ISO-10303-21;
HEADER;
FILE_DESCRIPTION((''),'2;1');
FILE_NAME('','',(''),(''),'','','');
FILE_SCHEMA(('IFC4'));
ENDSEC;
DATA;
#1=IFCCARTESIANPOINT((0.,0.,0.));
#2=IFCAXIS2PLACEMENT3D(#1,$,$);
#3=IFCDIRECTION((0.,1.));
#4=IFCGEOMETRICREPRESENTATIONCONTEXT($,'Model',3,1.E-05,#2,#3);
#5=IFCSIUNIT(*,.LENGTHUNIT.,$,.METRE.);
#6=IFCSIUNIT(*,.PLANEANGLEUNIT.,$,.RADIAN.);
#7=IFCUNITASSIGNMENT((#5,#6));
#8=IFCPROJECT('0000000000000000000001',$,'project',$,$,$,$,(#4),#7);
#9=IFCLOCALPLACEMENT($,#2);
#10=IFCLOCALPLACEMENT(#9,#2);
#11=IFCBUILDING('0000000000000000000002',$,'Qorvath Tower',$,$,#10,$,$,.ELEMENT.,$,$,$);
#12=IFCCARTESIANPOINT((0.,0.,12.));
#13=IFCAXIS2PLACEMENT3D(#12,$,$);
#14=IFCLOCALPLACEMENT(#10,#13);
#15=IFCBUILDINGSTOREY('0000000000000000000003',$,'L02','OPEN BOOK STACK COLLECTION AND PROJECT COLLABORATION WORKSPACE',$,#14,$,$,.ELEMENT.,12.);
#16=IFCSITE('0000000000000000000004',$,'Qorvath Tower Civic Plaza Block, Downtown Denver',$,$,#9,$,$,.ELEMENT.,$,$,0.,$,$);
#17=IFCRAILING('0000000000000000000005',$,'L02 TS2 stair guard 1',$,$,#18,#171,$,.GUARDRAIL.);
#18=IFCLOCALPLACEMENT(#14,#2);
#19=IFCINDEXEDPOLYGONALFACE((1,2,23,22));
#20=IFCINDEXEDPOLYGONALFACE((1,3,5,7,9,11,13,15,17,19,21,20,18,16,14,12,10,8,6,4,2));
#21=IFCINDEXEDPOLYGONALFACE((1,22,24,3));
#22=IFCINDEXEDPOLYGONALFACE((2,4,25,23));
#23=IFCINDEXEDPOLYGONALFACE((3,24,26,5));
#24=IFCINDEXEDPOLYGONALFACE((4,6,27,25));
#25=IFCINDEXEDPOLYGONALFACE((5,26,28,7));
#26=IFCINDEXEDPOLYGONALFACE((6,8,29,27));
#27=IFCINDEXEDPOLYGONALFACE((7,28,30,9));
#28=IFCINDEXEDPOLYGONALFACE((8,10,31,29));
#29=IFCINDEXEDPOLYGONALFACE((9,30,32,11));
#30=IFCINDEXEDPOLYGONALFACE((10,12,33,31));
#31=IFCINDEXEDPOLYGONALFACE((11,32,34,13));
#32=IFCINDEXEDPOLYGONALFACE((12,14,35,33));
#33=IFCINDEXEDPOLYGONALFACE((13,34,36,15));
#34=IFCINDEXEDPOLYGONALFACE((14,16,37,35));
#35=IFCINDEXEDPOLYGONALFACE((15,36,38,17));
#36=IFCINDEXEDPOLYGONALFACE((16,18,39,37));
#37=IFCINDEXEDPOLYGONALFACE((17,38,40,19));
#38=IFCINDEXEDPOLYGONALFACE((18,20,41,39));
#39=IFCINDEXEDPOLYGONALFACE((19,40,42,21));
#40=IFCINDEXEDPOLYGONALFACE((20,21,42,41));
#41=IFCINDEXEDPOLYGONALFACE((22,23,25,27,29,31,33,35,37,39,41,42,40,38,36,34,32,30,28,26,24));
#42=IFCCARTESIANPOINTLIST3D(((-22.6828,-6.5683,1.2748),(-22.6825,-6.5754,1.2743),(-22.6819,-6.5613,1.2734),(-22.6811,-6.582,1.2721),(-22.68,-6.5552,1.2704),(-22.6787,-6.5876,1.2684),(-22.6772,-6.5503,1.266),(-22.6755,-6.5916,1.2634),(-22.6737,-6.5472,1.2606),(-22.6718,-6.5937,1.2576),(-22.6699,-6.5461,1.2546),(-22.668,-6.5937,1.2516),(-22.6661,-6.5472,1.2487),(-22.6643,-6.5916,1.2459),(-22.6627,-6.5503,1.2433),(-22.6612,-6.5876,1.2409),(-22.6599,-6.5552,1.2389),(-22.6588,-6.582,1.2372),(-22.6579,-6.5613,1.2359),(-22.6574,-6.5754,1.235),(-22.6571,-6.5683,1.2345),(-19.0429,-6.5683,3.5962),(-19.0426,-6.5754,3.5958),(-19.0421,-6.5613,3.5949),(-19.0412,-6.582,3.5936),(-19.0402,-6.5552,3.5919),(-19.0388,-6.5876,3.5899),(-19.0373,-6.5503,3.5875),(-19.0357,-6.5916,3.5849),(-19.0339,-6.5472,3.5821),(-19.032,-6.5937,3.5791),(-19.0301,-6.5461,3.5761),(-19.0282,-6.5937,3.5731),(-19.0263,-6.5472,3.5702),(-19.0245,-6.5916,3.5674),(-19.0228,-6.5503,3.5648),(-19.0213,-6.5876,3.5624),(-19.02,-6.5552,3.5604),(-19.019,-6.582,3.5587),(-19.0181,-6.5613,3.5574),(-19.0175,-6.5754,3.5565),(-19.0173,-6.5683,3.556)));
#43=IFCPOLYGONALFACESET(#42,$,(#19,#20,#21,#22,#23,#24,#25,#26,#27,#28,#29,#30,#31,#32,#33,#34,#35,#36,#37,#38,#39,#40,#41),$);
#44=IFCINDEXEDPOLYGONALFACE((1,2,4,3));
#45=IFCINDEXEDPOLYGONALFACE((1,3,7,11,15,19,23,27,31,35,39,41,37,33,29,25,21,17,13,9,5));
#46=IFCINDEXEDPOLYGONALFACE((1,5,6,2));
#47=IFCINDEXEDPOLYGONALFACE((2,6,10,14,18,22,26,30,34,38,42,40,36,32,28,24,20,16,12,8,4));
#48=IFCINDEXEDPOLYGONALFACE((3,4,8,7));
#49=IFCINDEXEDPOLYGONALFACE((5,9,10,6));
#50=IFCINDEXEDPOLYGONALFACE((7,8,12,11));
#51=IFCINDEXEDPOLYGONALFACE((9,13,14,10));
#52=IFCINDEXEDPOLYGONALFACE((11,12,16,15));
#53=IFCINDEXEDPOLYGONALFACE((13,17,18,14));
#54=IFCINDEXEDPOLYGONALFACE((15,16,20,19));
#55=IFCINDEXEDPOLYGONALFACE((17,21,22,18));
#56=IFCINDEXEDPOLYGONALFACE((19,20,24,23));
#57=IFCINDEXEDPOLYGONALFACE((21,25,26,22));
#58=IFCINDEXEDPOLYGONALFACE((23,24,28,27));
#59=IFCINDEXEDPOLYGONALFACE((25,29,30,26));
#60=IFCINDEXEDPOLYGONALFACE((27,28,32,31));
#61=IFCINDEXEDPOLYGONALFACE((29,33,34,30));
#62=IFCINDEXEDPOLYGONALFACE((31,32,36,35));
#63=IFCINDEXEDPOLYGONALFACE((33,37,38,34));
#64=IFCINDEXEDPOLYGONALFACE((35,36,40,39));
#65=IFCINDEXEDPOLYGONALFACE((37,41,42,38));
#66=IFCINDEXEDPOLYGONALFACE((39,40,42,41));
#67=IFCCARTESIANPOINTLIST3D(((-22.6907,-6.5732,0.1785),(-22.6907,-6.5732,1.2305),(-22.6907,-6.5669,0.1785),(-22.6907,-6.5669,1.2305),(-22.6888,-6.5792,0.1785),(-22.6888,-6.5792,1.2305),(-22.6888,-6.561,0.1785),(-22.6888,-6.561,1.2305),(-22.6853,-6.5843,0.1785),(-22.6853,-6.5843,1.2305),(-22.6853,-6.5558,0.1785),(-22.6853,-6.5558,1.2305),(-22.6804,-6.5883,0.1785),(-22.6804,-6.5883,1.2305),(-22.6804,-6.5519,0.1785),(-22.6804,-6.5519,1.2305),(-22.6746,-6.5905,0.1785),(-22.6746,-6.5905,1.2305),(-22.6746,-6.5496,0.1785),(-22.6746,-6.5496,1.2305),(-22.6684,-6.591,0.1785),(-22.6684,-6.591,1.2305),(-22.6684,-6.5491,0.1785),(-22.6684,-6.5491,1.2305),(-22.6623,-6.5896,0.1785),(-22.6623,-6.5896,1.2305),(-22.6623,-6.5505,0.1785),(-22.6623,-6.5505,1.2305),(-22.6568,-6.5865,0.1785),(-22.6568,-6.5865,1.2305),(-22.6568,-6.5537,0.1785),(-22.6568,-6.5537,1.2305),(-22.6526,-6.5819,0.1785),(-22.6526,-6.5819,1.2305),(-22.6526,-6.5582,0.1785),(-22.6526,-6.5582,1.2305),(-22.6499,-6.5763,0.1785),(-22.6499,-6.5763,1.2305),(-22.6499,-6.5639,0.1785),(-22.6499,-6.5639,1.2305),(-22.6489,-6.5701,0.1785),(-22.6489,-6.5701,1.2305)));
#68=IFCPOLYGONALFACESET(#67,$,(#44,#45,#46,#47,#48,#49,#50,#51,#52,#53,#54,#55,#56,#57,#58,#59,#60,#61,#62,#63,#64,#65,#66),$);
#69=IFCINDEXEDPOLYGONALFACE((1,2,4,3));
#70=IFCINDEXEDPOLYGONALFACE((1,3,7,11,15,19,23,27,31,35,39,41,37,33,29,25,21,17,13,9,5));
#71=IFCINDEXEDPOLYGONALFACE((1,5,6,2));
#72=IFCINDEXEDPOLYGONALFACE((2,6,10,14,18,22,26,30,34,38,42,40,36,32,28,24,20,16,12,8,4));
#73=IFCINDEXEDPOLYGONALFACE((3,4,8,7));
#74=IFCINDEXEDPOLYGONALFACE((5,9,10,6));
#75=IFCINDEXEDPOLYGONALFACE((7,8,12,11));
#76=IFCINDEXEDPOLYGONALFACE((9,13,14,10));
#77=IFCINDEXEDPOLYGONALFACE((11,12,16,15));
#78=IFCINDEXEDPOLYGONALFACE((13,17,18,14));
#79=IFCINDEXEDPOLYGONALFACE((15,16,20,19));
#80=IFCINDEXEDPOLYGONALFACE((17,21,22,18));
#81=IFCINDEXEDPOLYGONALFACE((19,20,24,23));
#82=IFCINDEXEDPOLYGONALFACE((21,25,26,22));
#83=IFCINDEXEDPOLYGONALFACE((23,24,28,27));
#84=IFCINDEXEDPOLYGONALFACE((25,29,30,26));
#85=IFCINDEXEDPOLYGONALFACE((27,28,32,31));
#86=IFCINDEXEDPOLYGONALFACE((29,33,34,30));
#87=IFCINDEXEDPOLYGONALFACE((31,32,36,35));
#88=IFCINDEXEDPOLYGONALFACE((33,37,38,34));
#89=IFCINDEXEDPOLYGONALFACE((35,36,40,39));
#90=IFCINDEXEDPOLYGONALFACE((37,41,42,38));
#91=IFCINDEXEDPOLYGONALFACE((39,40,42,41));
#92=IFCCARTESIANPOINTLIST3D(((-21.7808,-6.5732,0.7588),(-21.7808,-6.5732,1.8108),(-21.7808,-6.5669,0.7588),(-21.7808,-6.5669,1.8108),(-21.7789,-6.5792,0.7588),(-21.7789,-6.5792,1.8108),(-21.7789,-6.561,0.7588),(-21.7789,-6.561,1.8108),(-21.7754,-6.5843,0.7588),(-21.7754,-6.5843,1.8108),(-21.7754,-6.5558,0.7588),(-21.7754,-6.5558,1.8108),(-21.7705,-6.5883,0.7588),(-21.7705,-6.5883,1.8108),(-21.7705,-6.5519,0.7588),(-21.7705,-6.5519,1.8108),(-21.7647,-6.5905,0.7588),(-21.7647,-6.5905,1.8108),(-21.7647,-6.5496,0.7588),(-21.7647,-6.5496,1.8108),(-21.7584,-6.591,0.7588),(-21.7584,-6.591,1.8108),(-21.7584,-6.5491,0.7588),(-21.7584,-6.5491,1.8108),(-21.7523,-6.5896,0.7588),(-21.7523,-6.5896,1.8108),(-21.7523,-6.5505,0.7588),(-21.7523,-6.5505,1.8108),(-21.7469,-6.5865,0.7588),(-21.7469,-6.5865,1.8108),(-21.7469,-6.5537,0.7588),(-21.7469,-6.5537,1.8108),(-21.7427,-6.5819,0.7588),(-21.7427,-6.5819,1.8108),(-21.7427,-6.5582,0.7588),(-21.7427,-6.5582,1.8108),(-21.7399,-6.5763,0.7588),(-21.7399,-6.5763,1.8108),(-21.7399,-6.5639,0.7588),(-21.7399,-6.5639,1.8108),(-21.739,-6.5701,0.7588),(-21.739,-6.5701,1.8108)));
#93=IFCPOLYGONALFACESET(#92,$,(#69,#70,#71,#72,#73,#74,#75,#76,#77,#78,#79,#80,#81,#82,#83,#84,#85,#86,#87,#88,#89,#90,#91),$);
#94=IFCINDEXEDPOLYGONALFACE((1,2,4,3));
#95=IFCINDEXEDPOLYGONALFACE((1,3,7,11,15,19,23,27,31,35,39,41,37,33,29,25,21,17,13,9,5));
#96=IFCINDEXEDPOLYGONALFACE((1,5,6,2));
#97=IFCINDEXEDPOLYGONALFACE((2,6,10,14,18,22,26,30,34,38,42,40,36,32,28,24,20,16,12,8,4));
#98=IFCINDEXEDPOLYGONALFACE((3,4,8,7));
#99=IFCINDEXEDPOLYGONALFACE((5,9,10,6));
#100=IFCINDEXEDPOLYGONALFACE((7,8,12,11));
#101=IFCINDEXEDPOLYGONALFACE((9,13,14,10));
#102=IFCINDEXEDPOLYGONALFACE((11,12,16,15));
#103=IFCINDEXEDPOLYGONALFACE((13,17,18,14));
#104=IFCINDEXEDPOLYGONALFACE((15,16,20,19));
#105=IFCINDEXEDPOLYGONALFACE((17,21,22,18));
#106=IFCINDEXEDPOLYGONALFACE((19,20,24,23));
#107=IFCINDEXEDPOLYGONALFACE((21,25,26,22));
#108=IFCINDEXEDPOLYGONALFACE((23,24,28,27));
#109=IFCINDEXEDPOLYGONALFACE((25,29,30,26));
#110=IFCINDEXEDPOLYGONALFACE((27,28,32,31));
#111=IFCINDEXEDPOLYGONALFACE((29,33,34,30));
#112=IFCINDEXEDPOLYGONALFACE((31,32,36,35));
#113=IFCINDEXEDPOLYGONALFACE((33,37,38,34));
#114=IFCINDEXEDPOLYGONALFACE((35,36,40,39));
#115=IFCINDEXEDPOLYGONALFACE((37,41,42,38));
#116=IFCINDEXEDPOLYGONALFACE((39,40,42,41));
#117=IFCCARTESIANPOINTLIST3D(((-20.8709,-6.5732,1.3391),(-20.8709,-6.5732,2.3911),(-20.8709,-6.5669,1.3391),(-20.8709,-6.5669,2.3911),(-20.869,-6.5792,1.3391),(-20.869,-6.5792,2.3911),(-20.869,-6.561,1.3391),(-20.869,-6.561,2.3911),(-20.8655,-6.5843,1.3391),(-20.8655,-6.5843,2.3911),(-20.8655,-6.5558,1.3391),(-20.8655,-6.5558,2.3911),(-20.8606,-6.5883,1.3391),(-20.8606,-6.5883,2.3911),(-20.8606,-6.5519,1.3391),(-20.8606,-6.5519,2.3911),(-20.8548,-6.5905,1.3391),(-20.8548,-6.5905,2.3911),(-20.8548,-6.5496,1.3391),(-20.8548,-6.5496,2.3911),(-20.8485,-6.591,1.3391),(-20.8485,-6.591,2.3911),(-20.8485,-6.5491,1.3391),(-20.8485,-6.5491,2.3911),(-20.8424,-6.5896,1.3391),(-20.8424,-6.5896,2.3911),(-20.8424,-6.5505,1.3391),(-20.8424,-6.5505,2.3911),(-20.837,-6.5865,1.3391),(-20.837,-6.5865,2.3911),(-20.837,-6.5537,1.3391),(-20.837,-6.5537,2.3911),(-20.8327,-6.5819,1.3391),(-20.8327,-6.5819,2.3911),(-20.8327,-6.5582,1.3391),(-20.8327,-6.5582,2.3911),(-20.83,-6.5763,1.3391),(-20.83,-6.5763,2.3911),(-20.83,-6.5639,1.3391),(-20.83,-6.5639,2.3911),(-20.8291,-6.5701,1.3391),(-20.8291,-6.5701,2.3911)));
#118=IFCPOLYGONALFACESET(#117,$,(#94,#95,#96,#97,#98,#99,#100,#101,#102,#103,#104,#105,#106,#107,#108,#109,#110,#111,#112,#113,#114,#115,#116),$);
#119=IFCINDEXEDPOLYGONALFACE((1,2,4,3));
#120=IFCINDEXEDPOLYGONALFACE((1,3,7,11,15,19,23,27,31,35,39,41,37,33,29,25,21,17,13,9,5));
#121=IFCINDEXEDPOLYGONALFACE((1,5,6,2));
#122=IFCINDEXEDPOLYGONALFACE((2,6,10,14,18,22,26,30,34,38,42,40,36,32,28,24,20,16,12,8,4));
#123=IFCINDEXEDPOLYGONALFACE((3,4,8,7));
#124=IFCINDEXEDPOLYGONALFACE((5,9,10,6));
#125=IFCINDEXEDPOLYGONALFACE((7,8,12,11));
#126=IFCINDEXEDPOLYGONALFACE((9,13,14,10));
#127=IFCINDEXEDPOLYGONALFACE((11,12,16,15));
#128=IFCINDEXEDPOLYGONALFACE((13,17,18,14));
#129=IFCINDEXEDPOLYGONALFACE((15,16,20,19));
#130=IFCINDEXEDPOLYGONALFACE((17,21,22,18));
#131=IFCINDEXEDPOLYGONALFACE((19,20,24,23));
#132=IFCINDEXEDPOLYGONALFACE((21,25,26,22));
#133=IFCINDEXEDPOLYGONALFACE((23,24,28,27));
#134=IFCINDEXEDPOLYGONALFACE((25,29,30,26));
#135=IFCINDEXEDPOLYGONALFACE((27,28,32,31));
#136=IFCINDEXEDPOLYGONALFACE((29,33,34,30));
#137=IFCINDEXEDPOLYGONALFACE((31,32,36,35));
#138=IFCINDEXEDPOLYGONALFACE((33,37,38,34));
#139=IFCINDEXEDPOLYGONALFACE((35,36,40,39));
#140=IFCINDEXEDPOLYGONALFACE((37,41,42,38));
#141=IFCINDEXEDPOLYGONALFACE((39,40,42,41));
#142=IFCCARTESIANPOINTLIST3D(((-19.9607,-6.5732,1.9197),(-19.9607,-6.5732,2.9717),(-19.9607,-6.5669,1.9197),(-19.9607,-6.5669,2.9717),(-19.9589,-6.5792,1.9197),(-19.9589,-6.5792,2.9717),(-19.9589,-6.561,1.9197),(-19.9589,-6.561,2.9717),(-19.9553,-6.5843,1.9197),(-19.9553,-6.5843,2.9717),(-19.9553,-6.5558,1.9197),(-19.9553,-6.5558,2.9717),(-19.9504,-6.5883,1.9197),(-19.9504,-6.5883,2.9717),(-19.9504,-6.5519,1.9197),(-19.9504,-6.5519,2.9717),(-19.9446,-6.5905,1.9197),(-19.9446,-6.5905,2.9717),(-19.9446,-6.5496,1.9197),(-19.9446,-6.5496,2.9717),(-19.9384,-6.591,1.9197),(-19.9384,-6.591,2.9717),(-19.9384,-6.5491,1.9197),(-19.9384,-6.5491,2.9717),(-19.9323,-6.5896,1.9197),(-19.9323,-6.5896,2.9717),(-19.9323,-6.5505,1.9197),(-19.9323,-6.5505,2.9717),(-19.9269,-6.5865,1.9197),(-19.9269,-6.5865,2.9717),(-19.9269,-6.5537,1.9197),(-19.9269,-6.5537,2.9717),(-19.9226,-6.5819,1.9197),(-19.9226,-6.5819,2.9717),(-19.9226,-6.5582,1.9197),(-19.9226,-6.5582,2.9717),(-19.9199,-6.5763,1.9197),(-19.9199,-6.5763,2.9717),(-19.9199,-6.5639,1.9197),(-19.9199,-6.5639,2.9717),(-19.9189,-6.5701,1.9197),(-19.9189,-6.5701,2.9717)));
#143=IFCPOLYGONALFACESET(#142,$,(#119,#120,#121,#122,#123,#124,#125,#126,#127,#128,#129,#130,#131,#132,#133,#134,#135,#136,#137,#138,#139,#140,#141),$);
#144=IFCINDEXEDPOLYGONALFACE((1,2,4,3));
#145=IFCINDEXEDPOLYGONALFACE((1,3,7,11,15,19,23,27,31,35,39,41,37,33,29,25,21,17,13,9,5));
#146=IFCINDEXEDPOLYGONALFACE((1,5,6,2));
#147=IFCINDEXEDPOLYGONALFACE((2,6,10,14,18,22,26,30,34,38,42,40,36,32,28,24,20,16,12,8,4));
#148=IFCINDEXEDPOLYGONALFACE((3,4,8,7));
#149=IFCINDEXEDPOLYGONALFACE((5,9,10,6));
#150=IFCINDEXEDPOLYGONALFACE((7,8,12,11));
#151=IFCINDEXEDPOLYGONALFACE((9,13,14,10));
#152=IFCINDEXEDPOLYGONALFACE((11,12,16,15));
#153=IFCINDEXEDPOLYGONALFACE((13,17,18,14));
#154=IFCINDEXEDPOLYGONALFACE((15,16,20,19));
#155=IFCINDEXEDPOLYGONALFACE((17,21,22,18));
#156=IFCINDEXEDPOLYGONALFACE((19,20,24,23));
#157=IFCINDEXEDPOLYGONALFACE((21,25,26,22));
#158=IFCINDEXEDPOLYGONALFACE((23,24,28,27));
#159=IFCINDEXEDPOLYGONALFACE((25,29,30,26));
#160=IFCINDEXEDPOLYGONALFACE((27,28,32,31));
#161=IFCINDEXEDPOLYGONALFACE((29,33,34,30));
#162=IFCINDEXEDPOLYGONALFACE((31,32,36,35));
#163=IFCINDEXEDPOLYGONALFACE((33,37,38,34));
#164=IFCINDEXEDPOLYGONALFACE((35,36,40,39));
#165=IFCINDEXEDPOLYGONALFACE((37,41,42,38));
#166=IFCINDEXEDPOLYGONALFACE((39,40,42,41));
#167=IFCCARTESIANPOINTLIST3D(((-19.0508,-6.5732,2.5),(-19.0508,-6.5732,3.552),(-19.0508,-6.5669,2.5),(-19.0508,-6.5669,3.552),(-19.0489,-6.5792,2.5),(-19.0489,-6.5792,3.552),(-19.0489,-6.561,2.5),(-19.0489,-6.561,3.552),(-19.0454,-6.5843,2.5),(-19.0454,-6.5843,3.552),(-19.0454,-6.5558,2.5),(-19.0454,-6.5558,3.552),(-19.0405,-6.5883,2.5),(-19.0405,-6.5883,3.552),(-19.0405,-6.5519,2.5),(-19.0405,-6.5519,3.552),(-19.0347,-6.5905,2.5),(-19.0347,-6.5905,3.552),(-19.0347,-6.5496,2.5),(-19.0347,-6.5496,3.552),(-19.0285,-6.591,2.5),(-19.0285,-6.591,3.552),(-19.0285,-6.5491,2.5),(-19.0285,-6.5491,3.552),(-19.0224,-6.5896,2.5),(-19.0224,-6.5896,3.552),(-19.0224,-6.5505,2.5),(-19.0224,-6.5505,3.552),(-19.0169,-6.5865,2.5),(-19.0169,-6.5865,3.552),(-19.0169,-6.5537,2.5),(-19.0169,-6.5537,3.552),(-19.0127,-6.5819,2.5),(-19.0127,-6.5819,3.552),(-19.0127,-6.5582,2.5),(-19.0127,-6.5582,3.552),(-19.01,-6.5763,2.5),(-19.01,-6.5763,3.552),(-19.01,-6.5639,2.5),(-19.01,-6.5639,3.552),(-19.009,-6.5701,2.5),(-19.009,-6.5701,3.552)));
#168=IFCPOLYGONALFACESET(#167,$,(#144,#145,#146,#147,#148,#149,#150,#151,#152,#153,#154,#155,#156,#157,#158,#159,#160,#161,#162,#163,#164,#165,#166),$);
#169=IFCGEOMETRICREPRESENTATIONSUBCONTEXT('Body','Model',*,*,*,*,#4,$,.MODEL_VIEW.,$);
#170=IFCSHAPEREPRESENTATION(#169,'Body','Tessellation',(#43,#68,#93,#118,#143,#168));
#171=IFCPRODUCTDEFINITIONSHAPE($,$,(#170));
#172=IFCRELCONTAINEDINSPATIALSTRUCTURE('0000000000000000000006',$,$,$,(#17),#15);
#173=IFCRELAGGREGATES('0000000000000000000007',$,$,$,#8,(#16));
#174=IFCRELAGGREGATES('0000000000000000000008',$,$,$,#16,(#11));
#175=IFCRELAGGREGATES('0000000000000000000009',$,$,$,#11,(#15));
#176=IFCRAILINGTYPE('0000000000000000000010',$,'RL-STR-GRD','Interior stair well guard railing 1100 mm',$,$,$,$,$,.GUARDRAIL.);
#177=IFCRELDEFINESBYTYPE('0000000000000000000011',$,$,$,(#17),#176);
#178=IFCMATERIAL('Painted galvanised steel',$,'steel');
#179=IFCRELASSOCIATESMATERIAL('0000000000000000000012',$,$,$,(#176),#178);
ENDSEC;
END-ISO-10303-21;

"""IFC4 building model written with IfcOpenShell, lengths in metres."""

from ifc_helpers import new_model, si_unit, direction, frame, origin, origin_2d, place, context, subcontext, project, spatial, circle, extrude, material, type_object, element, save


model = new_model("IFC4")

# Units and contexts
model_context = context("Model", 3, precision=1e-05, world=origin(), true_north=direction((0.0, 1.0)))
body_context = subcontext(model_context, "Body", "Model", "MODEL_VIEW")
ifc_project = project(units=[si_unit("LENGTHUNIT", "METRE"), si_unit("PLANEANGLEUNIT", "RADIAN")], contexts=[model_context])

# Site, building, storey
site_placement = place(None, origin())
site = spatial("IfcSite", under=ifc_project, at=site_placement, Name="Qorvath Tower Civic Plaza Block, Downtown Denver", CompositionType="ELEMENT", RefElevation=0.0)
building_placement = place(site_placement, origin())
building = spatial("IfcBuilding", under=site, at=building_placement, Name="Qorvath Tower", CompositionType="ELEMENT")
storey_placement = place(building_placement, frame((0.0, 0.0, 12.0)))
storey = spatial("IfcBuildingStorey", under=building, at=storey_placement, Name="L02", Description="OPEN BOOK STACK COLLECTION AND PROJECT COLLABORATION WORKSPACE", CompositionType="ELEMENT", Elevation=12.0)

# Railing
ifc_material_1 = material(Name="Painted galvanised steel", Category="steel")
railing_type_1 = type_object("IfcRailingType", Name="RL-STR-GRD", Description="Interior stair well guard railing 1100 mm", PredefinedType="GUARDRAIL", material=ifc_material_1)
railing_1_placement = place(storey_placement, frame((-22.6699, -6.5701, 0.1785)))
element("IfcRailing", 1, at=railing_1_placement, inside=storey, type_object=railing_type_1, Name="L02 TS2 stair guard 1", PredefinedType="GUARDRAIL", context=body_context, shape_type="SweptSolid", body=[
    extrude(circle(Radius=0.0239, at=origin_2d()), frame((0.0, 0.0, 1.0762), z_axis=(0.843112, 0.0, 0.537739), x_axis=(0.0, 1.0, 0.0)), (0.0, 0.0, 1.0), 4.3171),
    extrude(circle(Radius=0.021, at=origin_2d()), origin(), (0.0, 0.0, 1.0), 1.052),
    extrude(circle(Radius=0.021, at=origin_2d()), frame((0.9099, 0.0, 0.5803)), (0.0, 0.0, 1.0), 1.052),
    extrude(circle(Radius=0.021, at=origin_2d()), frame((1.8198, 0.0, 1.1606)), (0.0, 0.0, 1.0), 1.052),
    extrude(circle(Radius=0.021, at=origin_2d()), frame((2.73, 0.0, 1.7412)), (0.0, 0.0, 1.0), 1.052),
    extrude(circle(Radius=0.021, at=origin_2d()), frame((3.6399, 0.0, 2.3215)), (0.0, 0.0, 1.0), 1.052),
])

save(model, "model.ifc")
